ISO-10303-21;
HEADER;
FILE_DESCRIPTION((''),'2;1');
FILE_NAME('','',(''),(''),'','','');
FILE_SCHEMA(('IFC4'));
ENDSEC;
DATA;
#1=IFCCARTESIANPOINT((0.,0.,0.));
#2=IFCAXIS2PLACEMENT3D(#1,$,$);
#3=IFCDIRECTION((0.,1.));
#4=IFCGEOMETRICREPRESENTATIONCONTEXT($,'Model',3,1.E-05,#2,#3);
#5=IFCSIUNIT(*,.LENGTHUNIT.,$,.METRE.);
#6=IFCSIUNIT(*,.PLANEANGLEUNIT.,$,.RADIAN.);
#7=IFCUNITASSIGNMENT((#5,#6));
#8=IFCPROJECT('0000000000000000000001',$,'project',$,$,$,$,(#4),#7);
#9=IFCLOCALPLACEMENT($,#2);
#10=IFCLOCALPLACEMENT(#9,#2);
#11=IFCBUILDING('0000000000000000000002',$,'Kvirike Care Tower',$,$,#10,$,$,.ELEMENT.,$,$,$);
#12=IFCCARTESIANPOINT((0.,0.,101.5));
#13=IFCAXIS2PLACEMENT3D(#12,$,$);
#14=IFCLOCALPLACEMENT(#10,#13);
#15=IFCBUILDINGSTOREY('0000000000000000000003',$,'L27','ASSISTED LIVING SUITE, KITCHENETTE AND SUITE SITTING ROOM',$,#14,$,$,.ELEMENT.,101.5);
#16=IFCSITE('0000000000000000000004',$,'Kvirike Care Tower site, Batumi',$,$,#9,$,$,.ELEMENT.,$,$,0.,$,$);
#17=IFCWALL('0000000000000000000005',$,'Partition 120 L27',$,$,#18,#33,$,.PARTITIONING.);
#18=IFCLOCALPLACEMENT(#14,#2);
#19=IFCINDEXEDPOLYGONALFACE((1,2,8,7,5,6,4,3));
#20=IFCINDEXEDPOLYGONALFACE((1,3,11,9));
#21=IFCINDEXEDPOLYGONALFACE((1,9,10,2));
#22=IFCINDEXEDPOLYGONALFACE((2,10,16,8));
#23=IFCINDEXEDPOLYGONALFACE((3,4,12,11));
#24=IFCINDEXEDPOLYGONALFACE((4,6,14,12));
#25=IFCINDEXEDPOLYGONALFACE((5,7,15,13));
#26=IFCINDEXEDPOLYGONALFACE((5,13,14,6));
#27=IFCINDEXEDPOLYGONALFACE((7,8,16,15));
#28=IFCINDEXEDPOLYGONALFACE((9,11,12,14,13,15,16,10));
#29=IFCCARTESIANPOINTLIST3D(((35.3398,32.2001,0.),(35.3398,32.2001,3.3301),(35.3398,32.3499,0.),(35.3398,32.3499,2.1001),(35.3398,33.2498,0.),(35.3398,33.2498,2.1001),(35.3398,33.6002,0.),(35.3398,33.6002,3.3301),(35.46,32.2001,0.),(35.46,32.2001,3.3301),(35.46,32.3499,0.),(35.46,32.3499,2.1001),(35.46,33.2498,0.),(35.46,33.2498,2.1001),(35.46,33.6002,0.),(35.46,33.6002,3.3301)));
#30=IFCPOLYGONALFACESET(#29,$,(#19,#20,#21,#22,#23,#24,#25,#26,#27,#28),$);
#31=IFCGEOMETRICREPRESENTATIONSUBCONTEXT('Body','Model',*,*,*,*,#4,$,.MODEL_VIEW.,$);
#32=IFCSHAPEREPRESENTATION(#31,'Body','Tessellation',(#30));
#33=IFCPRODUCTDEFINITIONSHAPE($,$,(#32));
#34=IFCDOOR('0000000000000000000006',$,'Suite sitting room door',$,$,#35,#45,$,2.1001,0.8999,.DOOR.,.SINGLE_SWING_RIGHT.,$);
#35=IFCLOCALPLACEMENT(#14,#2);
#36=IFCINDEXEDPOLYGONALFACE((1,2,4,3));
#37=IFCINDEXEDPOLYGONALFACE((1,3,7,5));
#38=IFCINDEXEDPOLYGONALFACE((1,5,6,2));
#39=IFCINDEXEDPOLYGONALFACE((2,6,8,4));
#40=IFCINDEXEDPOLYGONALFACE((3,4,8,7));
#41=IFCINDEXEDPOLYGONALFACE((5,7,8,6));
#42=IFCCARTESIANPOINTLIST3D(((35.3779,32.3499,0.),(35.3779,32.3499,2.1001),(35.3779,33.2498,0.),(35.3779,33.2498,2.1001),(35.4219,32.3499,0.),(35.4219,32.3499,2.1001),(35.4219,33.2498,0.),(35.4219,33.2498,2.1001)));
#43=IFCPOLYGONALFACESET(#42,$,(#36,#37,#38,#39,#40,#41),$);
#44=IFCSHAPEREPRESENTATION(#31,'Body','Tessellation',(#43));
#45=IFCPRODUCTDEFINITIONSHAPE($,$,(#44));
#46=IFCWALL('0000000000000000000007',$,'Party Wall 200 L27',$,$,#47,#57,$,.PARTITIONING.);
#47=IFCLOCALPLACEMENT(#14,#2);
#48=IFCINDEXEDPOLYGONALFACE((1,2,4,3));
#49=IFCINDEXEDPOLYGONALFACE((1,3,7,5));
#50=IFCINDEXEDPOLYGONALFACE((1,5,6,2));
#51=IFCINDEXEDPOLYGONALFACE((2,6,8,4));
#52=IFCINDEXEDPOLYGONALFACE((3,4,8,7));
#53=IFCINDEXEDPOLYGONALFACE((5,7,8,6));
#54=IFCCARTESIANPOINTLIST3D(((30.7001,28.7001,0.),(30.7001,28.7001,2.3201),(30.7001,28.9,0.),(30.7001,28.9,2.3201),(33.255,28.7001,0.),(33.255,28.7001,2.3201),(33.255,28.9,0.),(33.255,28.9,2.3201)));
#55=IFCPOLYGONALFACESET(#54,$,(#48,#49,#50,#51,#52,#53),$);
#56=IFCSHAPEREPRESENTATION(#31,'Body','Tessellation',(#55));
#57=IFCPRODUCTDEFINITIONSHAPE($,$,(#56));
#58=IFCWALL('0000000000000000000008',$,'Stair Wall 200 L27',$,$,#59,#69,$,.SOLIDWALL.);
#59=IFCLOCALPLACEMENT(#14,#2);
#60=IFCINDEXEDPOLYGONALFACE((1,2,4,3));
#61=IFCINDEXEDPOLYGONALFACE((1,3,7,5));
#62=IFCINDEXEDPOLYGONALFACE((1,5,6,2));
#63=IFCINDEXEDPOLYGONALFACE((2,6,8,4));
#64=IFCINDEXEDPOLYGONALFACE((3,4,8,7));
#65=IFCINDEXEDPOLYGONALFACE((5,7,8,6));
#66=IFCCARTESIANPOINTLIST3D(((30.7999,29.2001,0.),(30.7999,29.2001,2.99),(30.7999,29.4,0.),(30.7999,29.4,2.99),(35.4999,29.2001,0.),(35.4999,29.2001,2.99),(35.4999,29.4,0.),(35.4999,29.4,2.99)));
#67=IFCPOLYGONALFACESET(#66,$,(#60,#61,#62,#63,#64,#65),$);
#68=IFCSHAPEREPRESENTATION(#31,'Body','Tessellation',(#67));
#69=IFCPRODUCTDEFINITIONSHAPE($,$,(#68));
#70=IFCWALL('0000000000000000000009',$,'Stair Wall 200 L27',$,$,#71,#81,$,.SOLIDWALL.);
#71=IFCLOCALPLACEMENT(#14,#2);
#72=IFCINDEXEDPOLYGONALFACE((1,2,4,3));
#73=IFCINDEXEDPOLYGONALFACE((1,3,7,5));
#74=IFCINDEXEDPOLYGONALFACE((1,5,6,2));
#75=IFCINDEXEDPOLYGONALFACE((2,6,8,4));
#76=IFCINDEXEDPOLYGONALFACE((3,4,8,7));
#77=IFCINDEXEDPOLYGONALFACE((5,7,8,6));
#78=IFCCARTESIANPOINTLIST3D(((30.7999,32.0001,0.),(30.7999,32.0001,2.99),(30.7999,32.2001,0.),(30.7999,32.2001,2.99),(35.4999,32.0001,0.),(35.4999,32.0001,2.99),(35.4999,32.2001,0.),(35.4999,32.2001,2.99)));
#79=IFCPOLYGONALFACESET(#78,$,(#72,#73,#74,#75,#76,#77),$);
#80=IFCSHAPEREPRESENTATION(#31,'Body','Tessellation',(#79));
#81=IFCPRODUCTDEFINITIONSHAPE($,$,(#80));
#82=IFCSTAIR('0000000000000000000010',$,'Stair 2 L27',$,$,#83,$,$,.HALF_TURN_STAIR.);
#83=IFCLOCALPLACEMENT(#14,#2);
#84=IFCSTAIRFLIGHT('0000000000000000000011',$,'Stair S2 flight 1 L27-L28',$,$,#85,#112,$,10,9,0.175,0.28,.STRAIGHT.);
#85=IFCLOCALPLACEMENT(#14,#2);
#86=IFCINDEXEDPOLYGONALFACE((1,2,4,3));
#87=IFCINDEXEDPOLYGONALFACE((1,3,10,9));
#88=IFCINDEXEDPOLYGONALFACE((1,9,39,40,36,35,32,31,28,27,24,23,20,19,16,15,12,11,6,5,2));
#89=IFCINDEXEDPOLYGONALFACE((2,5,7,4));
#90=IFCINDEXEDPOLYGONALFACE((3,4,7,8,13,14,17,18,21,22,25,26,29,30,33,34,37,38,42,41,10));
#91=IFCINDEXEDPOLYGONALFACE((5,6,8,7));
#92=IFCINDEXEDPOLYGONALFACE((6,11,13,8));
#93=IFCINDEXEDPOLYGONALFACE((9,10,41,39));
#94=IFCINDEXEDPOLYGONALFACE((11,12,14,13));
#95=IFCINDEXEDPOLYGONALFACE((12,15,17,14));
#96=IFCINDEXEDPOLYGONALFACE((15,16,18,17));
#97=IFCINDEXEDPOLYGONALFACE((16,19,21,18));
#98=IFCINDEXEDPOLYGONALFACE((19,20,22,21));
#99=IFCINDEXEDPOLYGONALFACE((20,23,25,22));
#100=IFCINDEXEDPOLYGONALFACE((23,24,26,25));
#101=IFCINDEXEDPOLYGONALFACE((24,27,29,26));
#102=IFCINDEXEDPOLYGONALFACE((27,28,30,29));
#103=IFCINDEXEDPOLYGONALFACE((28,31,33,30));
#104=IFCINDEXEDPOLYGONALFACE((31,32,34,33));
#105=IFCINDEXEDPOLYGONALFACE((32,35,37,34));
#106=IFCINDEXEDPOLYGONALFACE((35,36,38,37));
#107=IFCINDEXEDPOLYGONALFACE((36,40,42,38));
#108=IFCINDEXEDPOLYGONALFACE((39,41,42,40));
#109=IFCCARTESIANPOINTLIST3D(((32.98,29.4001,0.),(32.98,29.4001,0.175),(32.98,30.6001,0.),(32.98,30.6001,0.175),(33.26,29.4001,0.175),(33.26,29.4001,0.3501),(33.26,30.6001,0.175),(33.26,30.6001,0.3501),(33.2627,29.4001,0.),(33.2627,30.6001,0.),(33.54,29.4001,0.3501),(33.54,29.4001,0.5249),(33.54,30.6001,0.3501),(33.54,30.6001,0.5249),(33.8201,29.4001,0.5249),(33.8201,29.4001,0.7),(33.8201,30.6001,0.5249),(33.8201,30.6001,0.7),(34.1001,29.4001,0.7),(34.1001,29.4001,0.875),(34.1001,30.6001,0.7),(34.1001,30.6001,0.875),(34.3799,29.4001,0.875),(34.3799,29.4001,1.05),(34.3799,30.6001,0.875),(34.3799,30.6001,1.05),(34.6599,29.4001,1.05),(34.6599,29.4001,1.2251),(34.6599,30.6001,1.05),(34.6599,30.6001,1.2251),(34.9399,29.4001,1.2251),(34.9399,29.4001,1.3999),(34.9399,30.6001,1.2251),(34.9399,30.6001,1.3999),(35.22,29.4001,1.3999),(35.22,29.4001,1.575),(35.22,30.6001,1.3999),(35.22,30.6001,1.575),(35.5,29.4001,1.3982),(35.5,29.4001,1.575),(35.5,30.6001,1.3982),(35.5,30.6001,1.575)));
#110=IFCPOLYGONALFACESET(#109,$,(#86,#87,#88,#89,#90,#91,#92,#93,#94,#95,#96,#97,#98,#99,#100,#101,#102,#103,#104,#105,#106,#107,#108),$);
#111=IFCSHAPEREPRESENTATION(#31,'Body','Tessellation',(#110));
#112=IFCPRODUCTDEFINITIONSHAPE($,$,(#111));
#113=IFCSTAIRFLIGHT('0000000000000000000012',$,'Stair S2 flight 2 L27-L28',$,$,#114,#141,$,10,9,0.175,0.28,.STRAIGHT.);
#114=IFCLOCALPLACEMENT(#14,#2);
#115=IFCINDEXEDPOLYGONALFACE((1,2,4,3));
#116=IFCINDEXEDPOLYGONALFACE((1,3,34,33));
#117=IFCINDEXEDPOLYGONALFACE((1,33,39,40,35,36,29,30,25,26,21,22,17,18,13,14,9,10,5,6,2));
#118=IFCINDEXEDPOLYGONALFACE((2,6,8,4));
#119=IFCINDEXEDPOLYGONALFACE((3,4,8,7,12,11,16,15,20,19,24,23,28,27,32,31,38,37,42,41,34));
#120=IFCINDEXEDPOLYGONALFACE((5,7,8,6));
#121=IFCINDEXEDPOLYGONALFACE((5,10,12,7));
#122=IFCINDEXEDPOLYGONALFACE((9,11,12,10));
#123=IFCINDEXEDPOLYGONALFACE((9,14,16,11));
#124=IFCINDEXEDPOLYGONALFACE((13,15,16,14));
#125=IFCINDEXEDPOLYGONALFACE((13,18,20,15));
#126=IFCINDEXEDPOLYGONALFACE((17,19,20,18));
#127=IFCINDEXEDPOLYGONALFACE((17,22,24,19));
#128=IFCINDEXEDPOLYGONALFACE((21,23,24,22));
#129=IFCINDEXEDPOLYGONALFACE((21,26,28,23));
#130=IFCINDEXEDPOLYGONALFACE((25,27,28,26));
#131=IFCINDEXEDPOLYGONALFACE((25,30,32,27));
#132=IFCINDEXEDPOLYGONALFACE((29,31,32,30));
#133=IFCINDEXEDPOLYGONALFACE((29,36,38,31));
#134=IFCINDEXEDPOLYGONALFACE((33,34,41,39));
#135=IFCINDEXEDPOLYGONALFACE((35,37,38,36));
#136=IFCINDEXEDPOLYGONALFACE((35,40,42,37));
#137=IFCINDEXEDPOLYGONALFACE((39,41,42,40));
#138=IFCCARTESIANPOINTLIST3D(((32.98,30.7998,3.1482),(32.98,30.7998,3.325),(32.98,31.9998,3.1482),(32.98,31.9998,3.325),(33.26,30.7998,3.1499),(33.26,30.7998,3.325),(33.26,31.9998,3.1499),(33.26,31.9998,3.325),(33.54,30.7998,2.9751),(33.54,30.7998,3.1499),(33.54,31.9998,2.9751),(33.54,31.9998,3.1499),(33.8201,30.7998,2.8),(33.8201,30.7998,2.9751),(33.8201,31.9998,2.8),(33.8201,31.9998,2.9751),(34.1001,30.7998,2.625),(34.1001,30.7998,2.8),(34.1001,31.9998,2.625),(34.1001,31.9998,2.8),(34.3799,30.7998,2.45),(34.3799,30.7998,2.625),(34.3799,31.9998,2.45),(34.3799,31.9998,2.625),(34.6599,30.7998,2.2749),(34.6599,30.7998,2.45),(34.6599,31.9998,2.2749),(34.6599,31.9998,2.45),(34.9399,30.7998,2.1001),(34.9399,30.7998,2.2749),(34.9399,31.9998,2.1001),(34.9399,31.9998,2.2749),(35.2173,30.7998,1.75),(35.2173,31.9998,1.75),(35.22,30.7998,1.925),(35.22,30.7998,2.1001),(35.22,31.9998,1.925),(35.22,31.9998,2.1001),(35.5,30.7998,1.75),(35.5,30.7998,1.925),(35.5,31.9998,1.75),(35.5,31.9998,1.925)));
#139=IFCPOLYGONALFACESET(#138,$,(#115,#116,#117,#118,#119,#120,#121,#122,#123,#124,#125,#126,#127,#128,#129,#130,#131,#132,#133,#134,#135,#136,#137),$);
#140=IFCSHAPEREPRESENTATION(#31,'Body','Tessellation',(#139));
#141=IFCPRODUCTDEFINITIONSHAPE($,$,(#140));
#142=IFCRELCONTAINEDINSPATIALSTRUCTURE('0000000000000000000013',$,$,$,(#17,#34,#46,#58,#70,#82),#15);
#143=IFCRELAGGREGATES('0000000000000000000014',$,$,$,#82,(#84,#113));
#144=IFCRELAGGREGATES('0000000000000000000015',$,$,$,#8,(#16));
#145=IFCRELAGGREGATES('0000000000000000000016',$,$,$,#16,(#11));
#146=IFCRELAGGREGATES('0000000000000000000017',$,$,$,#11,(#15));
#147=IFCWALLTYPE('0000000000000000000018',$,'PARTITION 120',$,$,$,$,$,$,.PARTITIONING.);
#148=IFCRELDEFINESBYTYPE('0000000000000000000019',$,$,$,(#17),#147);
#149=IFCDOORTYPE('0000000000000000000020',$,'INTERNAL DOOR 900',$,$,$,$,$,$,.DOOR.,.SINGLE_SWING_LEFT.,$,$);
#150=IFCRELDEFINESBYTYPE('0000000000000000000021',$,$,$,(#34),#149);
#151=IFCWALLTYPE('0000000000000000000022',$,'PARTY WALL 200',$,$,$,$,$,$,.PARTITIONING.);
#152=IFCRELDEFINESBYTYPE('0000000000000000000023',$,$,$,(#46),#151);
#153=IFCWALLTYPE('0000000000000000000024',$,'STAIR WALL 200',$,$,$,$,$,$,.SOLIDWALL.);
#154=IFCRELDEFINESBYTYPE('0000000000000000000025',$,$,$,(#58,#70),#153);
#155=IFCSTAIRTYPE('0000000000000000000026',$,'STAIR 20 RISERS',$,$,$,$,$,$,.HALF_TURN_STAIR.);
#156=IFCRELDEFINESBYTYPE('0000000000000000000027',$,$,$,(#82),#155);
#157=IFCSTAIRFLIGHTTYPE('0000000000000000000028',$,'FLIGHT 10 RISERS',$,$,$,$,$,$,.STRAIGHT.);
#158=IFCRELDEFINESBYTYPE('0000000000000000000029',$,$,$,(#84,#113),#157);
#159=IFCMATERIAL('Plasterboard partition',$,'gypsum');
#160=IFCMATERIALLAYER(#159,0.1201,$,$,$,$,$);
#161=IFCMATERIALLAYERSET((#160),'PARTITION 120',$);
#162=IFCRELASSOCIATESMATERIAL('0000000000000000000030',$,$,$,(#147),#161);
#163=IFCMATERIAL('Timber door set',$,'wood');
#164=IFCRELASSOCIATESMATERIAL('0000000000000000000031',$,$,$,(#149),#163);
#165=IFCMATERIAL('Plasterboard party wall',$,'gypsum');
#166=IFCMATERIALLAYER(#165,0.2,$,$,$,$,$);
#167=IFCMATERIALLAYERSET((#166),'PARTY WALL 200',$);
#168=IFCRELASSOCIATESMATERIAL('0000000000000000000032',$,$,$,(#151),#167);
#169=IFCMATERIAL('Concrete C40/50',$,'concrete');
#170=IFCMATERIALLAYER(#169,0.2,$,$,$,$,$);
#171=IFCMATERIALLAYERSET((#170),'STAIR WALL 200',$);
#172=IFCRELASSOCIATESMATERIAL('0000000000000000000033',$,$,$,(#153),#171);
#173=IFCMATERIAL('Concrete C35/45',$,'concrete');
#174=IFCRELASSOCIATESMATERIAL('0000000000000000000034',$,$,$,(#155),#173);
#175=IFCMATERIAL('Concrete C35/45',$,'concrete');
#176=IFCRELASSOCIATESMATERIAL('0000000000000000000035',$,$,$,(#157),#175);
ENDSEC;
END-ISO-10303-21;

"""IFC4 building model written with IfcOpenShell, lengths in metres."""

from ifc_helpers import new_model, si_unit, direction, frame, frame_2d, origin, place, context, subcontext, project, spatial, polyline, rectangle, outline, extrude, material, layer, layer_set, type_object, element, fill, aggregate, save


model = new_model("IFC4")

# Units and contexts
model_context = context("Model", 3, precision=1e-05, world=origin(), true_north=direction((0.0, 1.0)))
body_context = subcontext(model_context, "Body", "Model", "MODEL_VIEW")
ifc_project = project(units=[si_unit("LENGTHUNIT", "METRE"), si_unit("PLANEANGLEUNIT", "RADIAN")], contexts=[model_context])

# Site, building, storey
site_placement = place(None, origin())
site = spatial("IfcSite", under=ifc_project, at=site_placement, Name="Kvirike Care Tower site, Batumi", CompositionType="ELEMENT", RefElevation=0.0)
building_placement = place(site_placement, origin())
building = spatial("IfcBuilding", under=site, at=building_placement, Name="Kvirike Care Tower", CompositionType="ELEMENT")
storey_placement = place(building_placement, frame((0.0, 0.0, 101.5)))
storey = spatial("IfcBuildingStorey", under=building, at=storey_placement, Name="L27", Description="ASSISTED LIVING SUITE, KITCHENETTE AND SUITE SITTING ROOM", CompositionType="ELEMENT", Elevation=101.5)

# Wall, opening, door
ifc_material_1 = material(Name="Plasterboard partition", Category="gypsum")
ifc_layer_1 = layer(ifc_material_1, 0.1201)
ifc_layer_set_1 = layer_set([ifc_layer_1], Name="PARTITION 120")
wall_type_1 = type_object("IfcWallType", Name="PARTITION 120", PredefinedType="PARTITIONING", material=ifc_layer_set_1)
wall_1_placement = place(storey_placement, frame((35.3999, 32.2, 0.0), z_axis=(0.0, 0.0, 1.0), x_axis=(0.0, 1.0, 0.0)))
wall_1 = element("IfcWall", 1, at=wall_1_placement, inside=storey, type_object=wall_type_1, Name="Partition 120 L27", PredefinedType="PARTITIONING", context=body_context, shape_type="SweptSolid", body=[
    extrude(rectangle(XDim=1.4001, YDim=0.1201, at=frame_2d((0.7002, 0.0))), origin(), (0.0, 0.0, 1.0), 3.3301),
])
opening_placement = place(wall_1_placement, frame((0.1499, 0.0, 0.0)))
opening = element("IfcOpeningElement", 2, at=opening_placement, cuts=wall_1, PredefinedType="OPENING", context=body_context, shape_type="SweptSolid", body=[
    extrude(rectangle(XDim=0.8999, YDim=2.1001, at=frame_2d((0.45, 1.05))), frame((0.0, 0.0706, 0.0), z_axis=(0.0, -1.0, 0.0), x_axis=(1.0, 0.0, 0.0)), (0.0, 0.0, 1.0), 0.1411),
])
ifc_material_2 = material(Name="Timber door set", Category="wood")
door_type = type_object("IfcDoorType", Name="INTERNAL DOOR 900", OperationType="SINGLE_SWING_LEFT", PredefinedType="DOOR", material=ifc_material_2)
door_placement = place(opening_placement, origin())
door = element("IfcDoor", 3, at=door_placement, inside=storey, type_object=door_type, Name="Suite sitting room door", OperationType="SINGLE_SWING_RIGHT", OverallHeight=2.1001, OverallWidth=0.8999, PredefinedType="DOOR", context=body_context, shape_type="SweptSolid", body=[
    extrude(rectangle(XDim=0.8999, YDim=2.1001, at=frame_2d((0.45, 1.05))), frame((0.0, 0.022, 0.0), z_axis=(0.0, -1.0, 0.0), x_axis=(1.0, 0.0, 0.0)), (0.0, 0.0, 1.0), 0.0439),
])
fill(opening, door)

# Walls
ifc_material_3 = material(Name="Plasterboard party wall", Category="gypsum")
ifc_layer_2 = layer(ifc_material_3, 0.2)
ifc_layer_set_2 = layer_set([ifc_layer_2], Name="PARTY WALL 200")
wall_type_2 = type_object("IfcWallType", Name="PARTY WALL 200", PredefinedType="PARTITIONING", material=ifc_layer_set_2)
wall_2_placement = place(storey_placement, frame((33.2549, 28.8, 0.0), z_axis=(0.0, 0.0, 1.0), x_axis=(-1.0, 0.0, 0.0)))
element("IfcWall", 4, at=wall_2_placement, inside=storey, type_object=wall_type_2, Name="Party Wall 200 L27", PredefinedType="PARTITIONING", context=body_context, shape_type="SweptSolid", body=[
    extrude(rectangle(XDim=2.5549, YDim=0.2, at=frame_2d((1.2773, 0.0))), origin(), (0.0, 0.0, 1.0), 2.3201),
])
ifc_material_4 = material(Name="Concrete C40/50", Category="concrete")
ifc_layer_3 = layer(ifc_material_4, 0.2)
ifc_layer_set_3 = layer_set([ifc_layer_3], Name="STAIR WALL 200")
wall_type_3 = type_object("IfcWallType", Name="STAIR WALL 200", PredefinedType="SOLIDWALL", material=ifc_layer_set_3)
for number, where, z_axis, x_axis, name in (
    (5, (35.5, 29.3, 0.0), (0.0, 0.0, 1.0), (-1.0, 0.0, 0.0), "Stair Wall 200 L27"),
    (6, (35.5, 32.1001, 0.0), (0.0, 0.0, 1.0), (-1.0, 0.0, 0.0), "Stair Wall 200 L27"),
):
    element("IfcWall", number, at=place(storey_placement, frame(where, z_axis=z_axis, x_axis=x_axis)), inside=storey, type_object=wall_type_3, Name=name, PredefinedType="SOLIDWALL", context=body_context, shape_type="SweptSolid", body=[
        extrude(rectangle(XDim=4.7, YDim=0.2, at=frame_2d((2.3501, 0.0))), origin(), (0.0, 0.0, 1.0), 2.99),
    ])

# Stair, stair flights
ifc_material_5 = material(Name="Concrete C35/45", Category="concrete")
stair_type = type_object("IfcStairType", Name="STAIR 20 RISERS", PredefinedType="HALF_TURN_STAIR", material=ifc_material_5)
stair_placement = place(storey_placement, origin())
stair = element("IfcStair", 7, at=stair_placement, inside=storey, type_object=stair_type, Name="Stair 2 L27", PredefinedType="HALF_TURN_STAIR")
ifc_material_6 = material(Name="Concrete C35/45", Category="concrete")
stair_flight_type = type_object("IfcStairFlightType", Name="FLIGHT 10 RISERS", PredefinedType="STRAIGHT", material=ifc_material_6)
stair_flight_1_placement = place(storey_placement, frame((32.98, 30.0, 0.0), z_axis=(0.0, 0.0, 1.0), x_axis=(1.0, 0.0, 0.0)))
stair_flight_1 = element("IfcStairFlight", 8, at=stair_flight_1_placement, type_object=stair_flight_type, Name="Stair S2 flight 1 L27-L28", NumberOfRisers=10, NumberOfTreads=9, PredefinedType="STRAIGHT", RiserHeight=0.175, TreadLength=0.28, context=body_context, shape_type="SweptSolid", body=[
    extrude(outline(polyline([(0.0, 0.0), (0.0, 0.175), (0.28, 0.175), (0.28, 0.3501), (0.5601, 0.3501), (0.5601, 0.5249), (0.8401, 0.5249), (0.8401, 0.7), (1.1201, 0.7), (1.1201, 0.875), (1.3999, 0.875), (1.3999, 1.05), (1.6799, 1.05), (1.6799, 1.2251), (1.96, 1.2251), (1.96, 1.3999), (2.24, 1.3999), (2.24, 1.575), (2.52, 1.575), (2.52, 1.75), (2.52, 1.3982), (0.2827, 0.0), (0.0, 0.0)])), frame((0.0, 0.6001, 0.0), z_axis=(0.0, -1.0, 0.0), x_axis=(1.0, 0.0, 0.0)), (0.0, 0.0, 1.0), 1.2),
])
stair_flight_2_placement = place(storey_placement, frame((35.5, 31.3999, 1.75), z_axis=(0.0, 0.0, 1.0), x_axis=(-1.0, 0.0, 0.0)))
stair_flight_2 = element("IfcStairFlight", 9, at=stair_flight_2_placement, type_object=stair_flight_type, Name="Stair S2 flight 2 L27-L28", NumberOfRisers=10, NumberOfTreads=9, PredefinedType="STRAIGHT", RiserHeight=0.175, TreadLength=0.28, context=body_context, shape_type="SweptSolid", body=[
    extrude(outline(polyline([(0.0, 0.0), (0.0, 0.175), (0.28, 0.175), (0.28, 0.3501), (0.5601, 0.3501), (0.5601, 0.5249), (0.8401, 0.5249), (0.8401, 0.7), (1.1201, 0.7), (1.1201, 0.875), (1.3999, 0.875), (1.3999, 1.05), (1.6799, 1.05), (1.6799, 1.2251), (1.96, 1.2251), (1.96, 1.3999), (2.24, 1.3999), (2.24, 1.575), (2.52, 1.575), (2.52, 1.75), (2.52, 1.3982), (0.2827, 0.0), (0.0, 0.0)])), frame((0.0, 0.6001, 0.0), z_axis=(0.0, -1.0, 0.0), x_axis=(1.0, 0.0, 0.0)), (0.0, 0.0, 1.0), 1.2),
])
aggregate(stair, [stair_flight_1, stair_flight_2])

save(model, "model.ifc")
